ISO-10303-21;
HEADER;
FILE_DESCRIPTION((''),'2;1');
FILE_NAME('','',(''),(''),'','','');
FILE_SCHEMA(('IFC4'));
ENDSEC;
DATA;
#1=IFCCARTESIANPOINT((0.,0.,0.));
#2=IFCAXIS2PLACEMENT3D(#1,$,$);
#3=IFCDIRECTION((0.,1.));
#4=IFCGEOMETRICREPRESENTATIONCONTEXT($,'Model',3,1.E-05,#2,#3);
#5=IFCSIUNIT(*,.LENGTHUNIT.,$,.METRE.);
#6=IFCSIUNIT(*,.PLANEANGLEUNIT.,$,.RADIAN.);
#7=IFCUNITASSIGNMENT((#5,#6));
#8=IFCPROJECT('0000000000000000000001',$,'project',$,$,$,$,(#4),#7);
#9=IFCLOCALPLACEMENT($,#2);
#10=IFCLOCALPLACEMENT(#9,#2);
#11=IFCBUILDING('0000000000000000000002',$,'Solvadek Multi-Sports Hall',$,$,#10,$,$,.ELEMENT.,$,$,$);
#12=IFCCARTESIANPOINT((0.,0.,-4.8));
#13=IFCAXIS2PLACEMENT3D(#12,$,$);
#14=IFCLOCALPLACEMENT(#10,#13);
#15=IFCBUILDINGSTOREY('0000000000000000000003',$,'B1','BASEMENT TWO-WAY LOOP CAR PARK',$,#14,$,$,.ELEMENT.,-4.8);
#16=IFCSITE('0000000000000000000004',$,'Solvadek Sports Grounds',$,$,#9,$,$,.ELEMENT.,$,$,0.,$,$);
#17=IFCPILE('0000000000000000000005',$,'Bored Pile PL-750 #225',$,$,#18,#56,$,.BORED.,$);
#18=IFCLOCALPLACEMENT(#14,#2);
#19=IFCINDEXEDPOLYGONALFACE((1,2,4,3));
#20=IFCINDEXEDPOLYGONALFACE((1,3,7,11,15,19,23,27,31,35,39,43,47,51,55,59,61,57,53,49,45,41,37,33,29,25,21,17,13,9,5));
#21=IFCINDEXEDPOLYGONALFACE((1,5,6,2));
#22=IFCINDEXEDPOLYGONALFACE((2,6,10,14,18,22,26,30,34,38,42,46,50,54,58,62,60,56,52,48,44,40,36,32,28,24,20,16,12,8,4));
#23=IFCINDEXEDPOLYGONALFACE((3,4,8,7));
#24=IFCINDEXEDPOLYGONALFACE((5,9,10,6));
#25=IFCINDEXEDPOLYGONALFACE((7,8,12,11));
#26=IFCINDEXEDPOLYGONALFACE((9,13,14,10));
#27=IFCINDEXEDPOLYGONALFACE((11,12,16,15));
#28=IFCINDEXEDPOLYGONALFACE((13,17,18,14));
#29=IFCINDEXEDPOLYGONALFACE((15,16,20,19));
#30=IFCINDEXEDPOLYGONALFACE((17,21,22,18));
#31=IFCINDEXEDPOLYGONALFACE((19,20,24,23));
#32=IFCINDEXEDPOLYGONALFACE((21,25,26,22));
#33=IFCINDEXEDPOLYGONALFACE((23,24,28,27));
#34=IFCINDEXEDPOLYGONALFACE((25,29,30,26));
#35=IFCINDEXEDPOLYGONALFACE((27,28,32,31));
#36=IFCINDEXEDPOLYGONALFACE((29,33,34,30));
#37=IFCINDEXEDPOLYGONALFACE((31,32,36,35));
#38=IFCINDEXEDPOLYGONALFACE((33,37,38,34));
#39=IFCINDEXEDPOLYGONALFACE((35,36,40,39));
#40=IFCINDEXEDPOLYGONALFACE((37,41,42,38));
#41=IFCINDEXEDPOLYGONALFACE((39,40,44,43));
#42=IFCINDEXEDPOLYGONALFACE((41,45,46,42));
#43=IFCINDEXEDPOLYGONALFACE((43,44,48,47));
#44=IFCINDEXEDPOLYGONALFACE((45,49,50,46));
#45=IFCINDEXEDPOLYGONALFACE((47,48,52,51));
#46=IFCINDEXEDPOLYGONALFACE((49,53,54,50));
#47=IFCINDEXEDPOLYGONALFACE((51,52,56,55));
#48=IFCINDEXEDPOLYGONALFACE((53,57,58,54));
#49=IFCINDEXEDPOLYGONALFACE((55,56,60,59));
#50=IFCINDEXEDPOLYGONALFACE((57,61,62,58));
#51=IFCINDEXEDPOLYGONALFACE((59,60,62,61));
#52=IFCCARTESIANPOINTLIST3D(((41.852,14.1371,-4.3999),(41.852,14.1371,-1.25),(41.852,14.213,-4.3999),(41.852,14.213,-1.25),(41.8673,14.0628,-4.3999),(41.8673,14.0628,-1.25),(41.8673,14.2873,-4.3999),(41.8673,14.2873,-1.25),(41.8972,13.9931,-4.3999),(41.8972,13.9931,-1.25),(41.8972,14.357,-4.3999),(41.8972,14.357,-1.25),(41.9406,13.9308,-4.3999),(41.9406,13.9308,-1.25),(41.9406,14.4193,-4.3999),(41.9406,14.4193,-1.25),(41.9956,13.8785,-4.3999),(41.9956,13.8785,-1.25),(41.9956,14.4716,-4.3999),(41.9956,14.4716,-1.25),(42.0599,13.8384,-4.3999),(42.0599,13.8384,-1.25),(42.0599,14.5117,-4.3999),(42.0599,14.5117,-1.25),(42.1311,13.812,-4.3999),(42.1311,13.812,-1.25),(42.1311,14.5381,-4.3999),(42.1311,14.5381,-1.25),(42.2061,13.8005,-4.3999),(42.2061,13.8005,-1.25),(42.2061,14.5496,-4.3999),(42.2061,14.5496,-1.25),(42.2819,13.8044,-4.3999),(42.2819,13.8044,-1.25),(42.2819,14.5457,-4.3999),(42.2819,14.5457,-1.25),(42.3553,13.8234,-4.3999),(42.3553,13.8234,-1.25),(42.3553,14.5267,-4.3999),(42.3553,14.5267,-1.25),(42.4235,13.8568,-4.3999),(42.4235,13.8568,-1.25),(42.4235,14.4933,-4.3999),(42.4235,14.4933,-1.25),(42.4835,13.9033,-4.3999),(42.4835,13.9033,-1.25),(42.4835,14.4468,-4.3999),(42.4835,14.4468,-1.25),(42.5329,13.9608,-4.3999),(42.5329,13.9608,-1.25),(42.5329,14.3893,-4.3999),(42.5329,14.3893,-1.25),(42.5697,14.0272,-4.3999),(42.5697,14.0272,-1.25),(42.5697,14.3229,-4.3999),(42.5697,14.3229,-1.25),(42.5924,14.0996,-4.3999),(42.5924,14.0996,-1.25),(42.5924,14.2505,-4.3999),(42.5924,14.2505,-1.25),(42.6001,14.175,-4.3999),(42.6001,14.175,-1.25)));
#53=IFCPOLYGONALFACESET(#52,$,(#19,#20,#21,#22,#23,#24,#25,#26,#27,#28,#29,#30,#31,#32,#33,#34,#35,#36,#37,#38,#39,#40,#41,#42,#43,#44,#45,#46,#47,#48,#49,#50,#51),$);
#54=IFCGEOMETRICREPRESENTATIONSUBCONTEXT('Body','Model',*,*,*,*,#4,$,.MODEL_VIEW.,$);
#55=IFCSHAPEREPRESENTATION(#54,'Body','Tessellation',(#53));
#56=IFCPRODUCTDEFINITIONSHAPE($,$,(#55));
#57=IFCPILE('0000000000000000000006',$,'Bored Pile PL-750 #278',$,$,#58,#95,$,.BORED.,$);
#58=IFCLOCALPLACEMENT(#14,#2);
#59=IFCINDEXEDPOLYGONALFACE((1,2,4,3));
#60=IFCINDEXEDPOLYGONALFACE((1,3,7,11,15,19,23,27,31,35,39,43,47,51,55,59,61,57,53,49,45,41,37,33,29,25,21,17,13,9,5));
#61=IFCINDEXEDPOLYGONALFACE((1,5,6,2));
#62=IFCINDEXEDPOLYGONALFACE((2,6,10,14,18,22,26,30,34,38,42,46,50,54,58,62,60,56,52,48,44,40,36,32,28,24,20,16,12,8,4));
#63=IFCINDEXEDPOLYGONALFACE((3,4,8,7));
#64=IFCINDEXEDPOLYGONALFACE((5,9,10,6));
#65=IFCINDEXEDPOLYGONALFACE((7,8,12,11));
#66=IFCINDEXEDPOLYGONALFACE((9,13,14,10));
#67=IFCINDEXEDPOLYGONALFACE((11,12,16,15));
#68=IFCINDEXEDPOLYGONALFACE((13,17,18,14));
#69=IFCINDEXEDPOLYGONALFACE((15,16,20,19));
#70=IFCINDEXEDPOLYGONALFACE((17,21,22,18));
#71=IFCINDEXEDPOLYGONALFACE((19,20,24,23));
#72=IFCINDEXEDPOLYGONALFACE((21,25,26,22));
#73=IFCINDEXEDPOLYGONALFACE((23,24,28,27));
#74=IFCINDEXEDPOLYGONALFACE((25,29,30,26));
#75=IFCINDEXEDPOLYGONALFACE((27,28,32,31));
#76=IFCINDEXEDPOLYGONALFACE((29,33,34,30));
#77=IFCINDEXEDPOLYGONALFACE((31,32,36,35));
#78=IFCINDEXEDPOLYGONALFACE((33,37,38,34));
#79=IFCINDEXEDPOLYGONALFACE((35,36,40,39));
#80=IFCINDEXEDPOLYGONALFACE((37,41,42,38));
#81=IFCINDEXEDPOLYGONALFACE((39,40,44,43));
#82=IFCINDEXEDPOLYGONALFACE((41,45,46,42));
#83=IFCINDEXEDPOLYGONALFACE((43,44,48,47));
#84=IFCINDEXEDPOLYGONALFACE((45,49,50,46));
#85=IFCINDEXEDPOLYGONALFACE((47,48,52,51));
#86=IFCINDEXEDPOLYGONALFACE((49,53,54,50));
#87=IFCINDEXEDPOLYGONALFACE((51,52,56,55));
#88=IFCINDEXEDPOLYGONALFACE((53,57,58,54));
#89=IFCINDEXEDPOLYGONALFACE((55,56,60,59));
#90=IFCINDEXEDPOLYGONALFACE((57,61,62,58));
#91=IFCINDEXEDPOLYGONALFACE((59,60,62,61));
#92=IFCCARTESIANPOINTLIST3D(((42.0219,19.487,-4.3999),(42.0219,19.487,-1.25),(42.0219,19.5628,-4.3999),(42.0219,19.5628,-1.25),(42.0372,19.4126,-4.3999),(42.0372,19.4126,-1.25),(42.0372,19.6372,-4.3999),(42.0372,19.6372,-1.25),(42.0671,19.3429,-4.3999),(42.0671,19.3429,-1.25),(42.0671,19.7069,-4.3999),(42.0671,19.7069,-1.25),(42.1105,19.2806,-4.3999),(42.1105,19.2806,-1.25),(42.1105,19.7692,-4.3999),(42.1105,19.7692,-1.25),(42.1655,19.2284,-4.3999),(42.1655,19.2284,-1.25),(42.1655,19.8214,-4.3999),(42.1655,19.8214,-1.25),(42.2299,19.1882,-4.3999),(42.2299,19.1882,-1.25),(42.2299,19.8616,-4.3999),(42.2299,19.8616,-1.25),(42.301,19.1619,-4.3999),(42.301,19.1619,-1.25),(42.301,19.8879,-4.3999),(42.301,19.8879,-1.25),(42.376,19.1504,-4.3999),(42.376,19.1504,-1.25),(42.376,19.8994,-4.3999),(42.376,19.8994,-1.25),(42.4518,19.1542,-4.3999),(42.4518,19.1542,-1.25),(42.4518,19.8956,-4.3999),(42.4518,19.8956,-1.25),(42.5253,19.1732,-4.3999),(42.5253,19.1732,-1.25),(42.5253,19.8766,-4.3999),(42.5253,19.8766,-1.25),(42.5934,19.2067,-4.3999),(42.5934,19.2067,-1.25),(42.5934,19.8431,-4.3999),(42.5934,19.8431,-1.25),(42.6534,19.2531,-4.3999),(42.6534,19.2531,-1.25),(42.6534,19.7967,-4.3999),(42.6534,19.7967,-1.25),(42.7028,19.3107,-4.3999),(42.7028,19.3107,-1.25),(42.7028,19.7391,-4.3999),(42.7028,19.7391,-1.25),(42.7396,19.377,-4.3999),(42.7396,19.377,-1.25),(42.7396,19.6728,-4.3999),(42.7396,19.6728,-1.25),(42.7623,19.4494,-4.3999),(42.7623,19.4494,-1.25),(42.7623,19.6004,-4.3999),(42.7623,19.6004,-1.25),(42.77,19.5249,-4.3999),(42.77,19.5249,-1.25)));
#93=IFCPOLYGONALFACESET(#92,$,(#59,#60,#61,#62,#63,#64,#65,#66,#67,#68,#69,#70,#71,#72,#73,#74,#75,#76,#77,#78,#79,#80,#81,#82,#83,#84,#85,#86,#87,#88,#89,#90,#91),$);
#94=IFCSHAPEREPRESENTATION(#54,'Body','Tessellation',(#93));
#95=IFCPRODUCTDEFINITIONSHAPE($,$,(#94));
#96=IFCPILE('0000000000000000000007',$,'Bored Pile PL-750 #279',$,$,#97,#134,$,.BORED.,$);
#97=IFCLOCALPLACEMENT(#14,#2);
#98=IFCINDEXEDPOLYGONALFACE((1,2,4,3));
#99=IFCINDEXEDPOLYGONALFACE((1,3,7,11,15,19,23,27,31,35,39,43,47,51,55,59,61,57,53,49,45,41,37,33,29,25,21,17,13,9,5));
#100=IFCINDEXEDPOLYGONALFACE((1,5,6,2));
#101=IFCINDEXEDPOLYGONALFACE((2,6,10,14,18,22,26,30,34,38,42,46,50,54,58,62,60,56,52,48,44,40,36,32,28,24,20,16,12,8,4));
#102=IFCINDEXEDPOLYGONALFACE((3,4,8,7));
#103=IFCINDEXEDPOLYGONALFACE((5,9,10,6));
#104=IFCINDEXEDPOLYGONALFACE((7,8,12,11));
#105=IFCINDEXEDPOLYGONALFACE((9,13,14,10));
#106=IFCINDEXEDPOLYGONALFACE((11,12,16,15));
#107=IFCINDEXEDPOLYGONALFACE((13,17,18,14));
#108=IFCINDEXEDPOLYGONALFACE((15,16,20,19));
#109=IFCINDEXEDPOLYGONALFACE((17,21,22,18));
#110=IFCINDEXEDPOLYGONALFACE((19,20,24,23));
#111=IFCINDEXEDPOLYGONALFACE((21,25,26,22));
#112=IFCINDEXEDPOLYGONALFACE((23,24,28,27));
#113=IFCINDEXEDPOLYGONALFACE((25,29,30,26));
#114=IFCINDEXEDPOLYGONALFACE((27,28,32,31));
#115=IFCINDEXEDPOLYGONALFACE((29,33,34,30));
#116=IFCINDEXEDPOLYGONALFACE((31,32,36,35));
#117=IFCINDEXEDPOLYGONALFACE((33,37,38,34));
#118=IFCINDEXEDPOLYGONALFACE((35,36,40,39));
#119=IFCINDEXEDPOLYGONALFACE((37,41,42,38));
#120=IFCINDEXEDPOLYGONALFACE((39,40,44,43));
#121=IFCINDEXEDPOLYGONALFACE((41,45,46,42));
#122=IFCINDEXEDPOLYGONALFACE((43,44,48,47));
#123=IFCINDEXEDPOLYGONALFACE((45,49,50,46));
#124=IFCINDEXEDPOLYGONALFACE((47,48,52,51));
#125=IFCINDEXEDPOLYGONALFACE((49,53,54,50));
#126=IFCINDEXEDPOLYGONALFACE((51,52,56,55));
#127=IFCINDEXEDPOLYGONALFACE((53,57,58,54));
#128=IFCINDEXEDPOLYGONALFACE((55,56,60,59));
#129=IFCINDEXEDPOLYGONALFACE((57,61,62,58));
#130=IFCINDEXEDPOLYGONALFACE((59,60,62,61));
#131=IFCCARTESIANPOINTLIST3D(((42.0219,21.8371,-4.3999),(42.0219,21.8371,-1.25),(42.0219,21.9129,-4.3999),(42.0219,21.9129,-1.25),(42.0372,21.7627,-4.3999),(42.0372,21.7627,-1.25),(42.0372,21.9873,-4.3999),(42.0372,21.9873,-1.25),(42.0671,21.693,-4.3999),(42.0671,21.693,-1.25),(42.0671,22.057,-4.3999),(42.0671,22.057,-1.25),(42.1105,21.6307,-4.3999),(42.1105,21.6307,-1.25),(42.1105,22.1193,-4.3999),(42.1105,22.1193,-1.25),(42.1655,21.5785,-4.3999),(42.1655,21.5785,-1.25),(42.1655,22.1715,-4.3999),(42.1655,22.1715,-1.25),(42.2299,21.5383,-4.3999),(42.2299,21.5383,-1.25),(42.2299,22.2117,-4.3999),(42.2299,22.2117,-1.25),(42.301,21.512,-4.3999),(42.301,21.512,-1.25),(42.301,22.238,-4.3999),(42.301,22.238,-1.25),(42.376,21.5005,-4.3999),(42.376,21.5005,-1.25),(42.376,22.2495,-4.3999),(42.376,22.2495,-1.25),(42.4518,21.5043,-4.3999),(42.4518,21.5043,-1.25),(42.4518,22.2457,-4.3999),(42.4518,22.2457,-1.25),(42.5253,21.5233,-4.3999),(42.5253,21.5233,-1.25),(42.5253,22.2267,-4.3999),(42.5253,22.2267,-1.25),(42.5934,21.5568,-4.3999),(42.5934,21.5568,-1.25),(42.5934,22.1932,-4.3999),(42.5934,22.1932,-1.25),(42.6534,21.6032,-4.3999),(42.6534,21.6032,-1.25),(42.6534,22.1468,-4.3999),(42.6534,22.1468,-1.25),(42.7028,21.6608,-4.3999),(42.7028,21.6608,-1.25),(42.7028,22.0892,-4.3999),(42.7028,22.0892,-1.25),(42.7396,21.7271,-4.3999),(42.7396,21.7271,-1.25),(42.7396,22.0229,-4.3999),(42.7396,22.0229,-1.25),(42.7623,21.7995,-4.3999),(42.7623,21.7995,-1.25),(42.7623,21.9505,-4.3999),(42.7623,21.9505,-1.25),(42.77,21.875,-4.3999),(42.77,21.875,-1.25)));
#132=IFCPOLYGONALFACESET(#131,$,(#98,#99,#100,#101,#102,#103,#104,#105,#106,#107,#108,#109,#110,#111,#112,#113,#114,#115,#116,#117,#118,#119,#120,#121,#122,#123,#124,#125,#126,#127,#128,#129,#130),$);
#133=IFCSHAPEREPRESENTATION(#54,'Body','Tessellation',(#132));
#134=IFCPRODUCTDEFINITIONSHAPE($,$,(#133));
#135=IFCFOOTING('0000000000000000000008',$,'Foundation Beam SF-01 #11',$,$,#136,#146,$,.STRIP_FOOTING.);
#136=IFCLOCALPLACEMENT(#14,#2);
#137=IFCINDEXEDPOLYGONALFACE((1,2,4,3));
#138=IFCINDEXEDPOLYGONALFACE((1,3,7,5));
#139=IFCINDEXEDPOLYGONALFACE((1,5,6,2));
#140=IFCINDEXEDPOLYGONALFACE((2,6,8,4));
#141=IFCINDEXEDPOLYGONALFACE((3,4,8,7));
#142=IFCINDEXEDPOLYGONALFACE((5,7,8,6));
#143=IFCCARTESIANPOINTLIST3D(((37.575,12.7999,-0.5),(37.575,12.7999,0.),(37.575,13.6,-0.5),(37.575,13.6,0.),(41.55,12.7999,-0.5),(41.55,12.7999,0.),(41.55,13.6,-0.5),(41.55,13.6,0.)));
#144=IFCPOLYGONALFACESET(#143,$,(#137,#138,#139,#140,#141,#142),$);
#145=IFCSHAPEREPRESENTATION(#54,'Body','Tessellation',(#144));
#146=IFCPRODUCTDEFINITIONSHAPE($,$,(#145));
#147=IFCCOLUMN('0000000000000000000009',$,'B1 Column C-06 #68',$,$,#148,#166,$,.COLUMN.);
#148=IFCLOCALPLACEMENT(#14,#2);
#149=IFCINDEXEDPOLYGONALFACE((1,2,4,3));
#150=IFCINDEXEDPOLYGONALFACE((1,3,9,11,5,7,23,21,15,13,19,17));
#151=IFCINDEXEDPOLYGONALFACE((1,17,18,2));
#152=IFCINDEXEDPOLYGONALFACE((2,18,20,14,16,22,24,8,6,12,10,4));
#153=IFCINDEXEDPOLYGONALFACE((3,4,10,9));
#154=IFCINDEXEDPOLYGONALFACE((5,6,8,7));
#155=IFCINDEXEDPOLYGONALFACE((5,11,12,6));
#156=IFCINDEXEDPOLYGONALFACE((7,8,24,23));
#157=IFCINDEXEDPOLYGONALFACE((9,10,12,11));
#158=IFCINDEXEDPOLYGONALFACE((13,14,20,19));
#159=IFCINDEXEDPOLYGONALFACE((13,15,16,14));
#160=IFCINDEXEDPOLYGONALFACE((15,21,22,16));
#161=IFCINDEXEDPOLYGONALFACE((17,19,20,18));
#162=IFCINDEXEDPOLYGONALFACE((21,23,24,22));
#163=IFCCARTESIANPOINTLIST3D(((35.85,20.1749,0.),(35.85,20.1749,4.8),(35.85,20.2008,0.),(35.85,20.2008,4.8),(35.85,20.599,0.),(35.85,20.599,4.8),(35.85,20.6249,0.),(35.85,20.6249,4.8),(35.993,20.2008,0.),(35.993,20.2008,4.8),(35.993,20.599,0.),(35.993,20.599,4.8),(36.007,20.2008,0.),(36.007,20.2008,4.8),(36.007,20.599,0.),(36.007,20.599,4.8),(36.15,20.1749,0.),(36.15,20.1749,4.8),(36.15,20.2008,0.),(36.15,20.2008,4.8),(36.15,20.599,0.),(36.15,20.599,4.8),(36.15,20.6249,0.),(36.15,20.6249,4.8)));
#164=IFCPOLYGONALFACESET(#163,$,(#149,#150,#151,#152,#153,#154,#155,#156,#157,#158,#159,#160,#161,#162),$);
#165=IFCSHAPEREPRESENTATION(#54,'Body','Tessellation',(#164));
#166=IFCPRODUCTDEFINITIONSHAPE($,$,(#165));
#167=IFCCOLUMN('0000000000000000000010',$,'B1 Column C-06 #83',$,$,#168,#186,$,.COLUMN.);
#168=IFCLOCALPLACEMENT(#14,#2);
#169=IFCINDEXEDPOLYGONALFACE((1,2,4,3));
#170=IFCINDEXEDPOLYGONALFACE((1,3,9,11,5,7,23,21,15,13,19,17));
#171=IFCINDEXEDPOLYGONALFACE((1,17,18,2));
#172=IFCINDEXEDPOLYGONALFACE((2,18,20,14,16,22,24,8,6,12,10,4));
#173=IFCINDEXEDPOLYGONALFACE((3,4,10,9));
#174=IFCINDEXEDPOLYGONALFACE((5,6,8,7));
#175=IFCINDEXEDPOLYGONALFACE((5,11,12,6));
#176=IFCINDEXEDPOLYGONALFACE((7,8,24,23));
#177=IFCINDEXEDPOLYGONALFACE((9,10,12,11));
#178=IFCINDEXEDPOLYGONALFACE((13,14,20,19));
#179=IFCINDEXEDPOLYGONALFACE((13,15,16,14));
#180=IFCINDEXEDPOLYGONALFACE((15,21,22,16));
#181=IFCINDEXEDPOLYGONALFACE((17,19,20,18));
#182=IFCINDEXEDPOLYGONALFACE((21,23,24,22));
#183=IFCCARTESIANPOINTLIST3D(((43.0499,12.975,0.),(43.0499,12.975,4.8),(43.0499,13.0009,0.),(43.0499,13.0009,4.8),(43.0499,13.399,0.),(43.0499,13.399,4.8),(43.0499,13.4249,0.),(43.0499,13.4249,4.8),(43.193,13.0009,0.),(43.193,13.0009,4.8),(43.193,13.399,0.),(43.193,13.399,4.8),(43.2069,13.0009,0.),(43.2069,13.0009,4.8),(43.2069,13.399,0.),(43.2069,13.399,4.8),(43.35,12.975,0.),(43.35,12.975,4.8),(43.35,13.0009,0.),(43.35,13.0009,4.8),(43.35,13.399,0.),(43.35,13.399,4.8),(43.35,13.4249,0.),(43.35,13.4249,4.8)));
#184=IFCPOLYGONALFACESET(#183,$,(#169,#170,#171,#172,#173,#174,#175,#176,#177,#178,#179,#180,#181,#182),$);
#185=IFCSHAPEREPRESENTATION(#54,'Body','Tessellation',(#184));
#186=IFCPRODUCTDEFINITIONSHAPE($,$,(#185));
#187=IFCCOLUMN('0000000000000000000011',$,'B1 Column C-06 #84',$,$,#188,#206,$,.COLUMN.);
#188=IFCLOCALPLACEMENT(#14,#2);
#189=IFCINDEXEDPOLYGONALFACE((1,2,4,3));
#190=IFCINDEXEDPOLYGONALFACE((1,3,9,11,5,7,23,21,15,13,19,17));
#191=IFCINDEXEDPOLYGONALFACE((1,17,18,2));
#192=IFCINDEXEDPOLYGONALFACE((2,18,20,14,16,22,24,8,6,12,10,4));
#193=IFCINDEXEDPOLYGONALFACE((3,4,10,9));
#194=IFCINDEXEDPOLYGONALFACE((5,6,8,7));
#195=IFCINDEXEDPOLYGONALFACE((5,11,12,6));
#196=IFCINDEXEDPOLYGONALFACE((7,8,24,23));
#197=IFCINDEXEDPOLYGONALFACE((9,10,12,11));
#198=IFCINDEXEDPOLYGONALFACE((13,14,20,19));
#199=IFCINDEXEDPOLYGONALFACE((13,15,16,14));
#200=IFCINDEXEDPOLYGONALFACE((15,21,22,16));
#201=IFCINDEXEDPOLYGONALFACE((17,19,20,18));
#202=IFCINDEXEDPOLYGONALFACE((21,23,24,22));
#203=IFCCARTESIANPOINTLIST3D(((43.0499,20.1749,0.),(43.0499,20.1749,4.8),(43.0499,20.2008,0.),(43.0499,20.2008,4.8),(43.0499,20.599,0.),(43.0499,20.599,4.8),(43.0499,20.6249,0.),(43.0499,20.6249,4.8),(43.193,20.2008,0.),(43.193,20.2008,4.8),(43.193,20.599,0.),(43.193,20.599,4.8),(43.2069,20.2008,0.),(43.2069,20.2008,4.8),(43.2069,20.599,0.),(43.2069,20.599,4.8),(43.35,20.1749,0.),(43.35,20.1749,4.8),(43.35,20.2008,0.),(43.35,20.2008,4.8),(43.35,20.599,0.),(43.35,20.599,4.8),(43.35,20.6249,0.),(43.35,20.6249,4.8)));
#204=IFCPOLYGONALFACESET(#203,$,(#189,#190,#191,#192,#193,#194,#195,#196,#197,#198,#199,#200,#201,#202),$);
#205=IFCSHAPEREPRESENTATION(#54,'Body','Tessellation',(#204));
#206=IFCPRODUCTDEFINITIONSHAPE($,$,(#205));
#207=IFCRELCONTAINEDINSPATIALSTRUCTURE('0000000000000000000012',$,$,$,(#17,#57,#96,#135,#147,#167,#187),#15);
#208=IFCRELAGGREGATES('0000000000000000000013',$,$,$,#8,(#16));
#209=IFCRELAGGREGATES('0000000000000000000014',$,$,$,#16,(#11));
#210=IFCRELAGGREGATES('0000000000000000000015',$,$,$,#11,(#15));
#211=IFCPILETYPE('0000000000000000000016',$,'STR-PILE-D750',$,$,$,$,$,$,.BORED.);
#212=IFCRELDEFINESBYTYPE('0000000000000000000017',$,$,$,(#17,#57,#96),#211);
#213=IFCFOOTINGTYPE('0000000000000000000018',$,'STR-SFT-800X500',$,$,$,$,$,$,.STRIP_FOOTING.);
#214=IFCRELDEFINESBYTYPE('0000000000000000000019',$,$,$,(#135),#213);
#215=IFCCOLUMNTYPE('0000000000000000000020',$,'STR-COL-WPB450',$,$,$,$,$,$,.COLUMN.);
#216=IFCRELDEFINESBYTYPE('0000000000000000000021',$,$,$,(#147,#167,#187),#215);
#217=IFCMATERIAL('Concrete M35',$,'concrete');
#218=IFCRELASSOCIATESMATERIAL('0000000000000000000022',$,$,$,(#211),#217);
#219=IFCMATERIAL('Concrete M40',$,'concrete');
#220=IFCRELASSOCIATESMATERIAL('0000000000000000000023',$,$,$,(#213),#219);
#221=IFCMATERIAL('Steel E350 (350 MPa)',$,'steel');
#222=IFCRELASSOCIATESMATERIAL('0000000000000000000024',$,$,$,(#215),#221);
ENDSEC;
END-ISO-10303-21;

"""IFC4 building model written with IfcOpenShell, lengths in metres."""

from ifc_helpers import new_model, si_unit, direction, frame, origin, origin_2d, place, context, subcontext, project, spatial, rectangle, circle, i_section, extrude, material, material_profile, profile_set, type_object, element, save


model = new_model("IFC4")

# Units and contexts
model_context = context("Model", 3, precision=1e-05, world=origin(), true_north=direction((0.0, 1.0)))
body_context = subcontext(model_context, "Body", "Model", "MODEL_VIEW")
ifc_project = project(units=[si_unit("LENGTHUNIT", "METRE"), si_unit("PLANEANGLEUNIT", "RADIAN")], contexts=[model_context])

# Site, building, storey
site_placement = place(None, origin())
site = spatial("IfcSite", under=ifc_project, at=site_placement, Name="Solvadek Sports Grounds", CompositionType="ELEMENT", RefElevation=0.0)
building_placement = place(site_placement, origin())
building = spatial("IfcBuilding", under=site, at=building_placement, Name="Solvadek Multi-Sports Hall", CompositionType="ELEMENT")
storey_placement = place(building_placement, frame((0.0, 0.0, -4.8)))
storey = spatial("IfcBuildingStorey", under=building, at=storey_placement, Name="B1", Description="BASEMENT TWO-WAY LOOP CAR PARK", CompositionType="ELEMENT", Elevation=-4.8)

# Shared definitions
ifc_material_1 = material(Name="Concrete M40", Category="concrete")

# Piles
ifc_material_2 = material(Name="Concrete M35", Category="concrete")
ifc_material_profile_1 = material_profile(ifc_material_2, circle(Radius=0.375, at=origin_2d()), Name="BORED PILE D750")
ifc_profile_set_1 = profile_set([ifc_material_profile_1], Name="Concrete M35")
pile_type_1 = type_object("IfcPileType", Name="STR-PILE-D750", PredefinedType="BORED", material=ifc_profile_set_1)
for number, where, z_axis, x_axis, name in (
    (1, (42.2251, 14.175, -1.25), (0.0, 0.0, -1.0), (1.0, 0.0, 0.0), "Bored Pile PL-750 #225"),
    (2, (42.395, 19.5249, -1.25), (0.0, 0.0, -1.0), (1.0, 0.0, 0.0), "Bored Pile PL-750 #278"),
    (3, (42.395, 21.875, -1.25), (0.0, 0.0, -1.0), (1.0, 0.0, 0.0), "Bored Pile PL-750 #279"),
):
    element("IfcPile", number, at=place(storey_placement, frame(where, z_axis=z_axis, x_axis=x_axis)), inside=storey, type_object=pile_type_1, Name=name, PredefinedType="BORED", context=body_context, shape_type="SweptSolid", body=[
        extrude(circle(Radius=0.375, at=origin_2d()), origin(), (0.0, 0.0, 1.0), 3.1499),
    ])

# Footing
footing_type_1 = type_object("IfcFootingType", Name="STR-SFT-800X500", PredefinedType="STRIP_FOOTING", material=ifc_material_1)
footing_1_placement = place(storey_placement, frame((39.5625, 13.2, -0.5), z_axis=(0.0, 0.0, 1.0), x_axis=(1.0, 0.0, 0.0)))
element("IfcFooting", 4, at=footing_1_placement, inside=storey, type_object=footing_type_1, Name="Foundation Beam SF-01 #11", PredefinedType="STRIP_FOOTING", context=body_context, shape_type="SweptSolid", body=[
    extrude(rectangle(XDim=3.9751, YDim=0.8, at=origin_2d()), origin(), (0.0, 0.0, 1.0), 0.5),
])

# Columns
ifc_material_3 = material(Name="Steel E350 (350 MPa)", Category="steel")
ifc_material_profile_2 = material_profile(ifc_material_3, i_section(OverallWidth=0.3, OverallDepth=0.45, WebThickness=0.0139, FlangeThickness=0.0259, at=origin_2d()), Name="WPB 450")
ifc_profile_set_2 = profile_set([ifc_material_profile_2], Name="Steel E350 (350 MPa)")
column_type_1 = type_object("IfcColumnType", Name="STR-COL-WPB450", PredefinedType="COLUMN", material=ifc_profile_set_2)
for number, where, z_axis, x_axis, name in (
    (5, (36.0, 20.3999, 0.0), (0.0, 0.0, 1.0), (1.0, 0.0, 0.0), "B1 Column C-06 #68"),
    (6, (43.2, 13.2, 0.0), (0.0, 0.0, 1.0), (1.0, 0.0, 0.0), "B1 Column C-06 #83"),
    (7, (43.2, 20.3999, 0.0), (0.0, 0.0, 1.0), (1.0, 0.0, 0.0), "B1 Column C-06 #84"),
):
    element("IfcColumn", number, at=place(storey_placement, frame(where, z_axis=z_axis, x_axis=x_axis)), inside=storey, type_object=column_type_1, Name=name, PredefinedType="COLUMN", context=body_context, shape_type="SweptSolid", body=[
        extrude(i_section(OverallWidth=0.3, OverallDepth=0.45, WebThickness=0.0139, FlangeThickness=0.0259, at=origin_2d()), origin(), (0.0, 0.0, 1.0), 4.8),
    ])

save(model, "model.ifc")
